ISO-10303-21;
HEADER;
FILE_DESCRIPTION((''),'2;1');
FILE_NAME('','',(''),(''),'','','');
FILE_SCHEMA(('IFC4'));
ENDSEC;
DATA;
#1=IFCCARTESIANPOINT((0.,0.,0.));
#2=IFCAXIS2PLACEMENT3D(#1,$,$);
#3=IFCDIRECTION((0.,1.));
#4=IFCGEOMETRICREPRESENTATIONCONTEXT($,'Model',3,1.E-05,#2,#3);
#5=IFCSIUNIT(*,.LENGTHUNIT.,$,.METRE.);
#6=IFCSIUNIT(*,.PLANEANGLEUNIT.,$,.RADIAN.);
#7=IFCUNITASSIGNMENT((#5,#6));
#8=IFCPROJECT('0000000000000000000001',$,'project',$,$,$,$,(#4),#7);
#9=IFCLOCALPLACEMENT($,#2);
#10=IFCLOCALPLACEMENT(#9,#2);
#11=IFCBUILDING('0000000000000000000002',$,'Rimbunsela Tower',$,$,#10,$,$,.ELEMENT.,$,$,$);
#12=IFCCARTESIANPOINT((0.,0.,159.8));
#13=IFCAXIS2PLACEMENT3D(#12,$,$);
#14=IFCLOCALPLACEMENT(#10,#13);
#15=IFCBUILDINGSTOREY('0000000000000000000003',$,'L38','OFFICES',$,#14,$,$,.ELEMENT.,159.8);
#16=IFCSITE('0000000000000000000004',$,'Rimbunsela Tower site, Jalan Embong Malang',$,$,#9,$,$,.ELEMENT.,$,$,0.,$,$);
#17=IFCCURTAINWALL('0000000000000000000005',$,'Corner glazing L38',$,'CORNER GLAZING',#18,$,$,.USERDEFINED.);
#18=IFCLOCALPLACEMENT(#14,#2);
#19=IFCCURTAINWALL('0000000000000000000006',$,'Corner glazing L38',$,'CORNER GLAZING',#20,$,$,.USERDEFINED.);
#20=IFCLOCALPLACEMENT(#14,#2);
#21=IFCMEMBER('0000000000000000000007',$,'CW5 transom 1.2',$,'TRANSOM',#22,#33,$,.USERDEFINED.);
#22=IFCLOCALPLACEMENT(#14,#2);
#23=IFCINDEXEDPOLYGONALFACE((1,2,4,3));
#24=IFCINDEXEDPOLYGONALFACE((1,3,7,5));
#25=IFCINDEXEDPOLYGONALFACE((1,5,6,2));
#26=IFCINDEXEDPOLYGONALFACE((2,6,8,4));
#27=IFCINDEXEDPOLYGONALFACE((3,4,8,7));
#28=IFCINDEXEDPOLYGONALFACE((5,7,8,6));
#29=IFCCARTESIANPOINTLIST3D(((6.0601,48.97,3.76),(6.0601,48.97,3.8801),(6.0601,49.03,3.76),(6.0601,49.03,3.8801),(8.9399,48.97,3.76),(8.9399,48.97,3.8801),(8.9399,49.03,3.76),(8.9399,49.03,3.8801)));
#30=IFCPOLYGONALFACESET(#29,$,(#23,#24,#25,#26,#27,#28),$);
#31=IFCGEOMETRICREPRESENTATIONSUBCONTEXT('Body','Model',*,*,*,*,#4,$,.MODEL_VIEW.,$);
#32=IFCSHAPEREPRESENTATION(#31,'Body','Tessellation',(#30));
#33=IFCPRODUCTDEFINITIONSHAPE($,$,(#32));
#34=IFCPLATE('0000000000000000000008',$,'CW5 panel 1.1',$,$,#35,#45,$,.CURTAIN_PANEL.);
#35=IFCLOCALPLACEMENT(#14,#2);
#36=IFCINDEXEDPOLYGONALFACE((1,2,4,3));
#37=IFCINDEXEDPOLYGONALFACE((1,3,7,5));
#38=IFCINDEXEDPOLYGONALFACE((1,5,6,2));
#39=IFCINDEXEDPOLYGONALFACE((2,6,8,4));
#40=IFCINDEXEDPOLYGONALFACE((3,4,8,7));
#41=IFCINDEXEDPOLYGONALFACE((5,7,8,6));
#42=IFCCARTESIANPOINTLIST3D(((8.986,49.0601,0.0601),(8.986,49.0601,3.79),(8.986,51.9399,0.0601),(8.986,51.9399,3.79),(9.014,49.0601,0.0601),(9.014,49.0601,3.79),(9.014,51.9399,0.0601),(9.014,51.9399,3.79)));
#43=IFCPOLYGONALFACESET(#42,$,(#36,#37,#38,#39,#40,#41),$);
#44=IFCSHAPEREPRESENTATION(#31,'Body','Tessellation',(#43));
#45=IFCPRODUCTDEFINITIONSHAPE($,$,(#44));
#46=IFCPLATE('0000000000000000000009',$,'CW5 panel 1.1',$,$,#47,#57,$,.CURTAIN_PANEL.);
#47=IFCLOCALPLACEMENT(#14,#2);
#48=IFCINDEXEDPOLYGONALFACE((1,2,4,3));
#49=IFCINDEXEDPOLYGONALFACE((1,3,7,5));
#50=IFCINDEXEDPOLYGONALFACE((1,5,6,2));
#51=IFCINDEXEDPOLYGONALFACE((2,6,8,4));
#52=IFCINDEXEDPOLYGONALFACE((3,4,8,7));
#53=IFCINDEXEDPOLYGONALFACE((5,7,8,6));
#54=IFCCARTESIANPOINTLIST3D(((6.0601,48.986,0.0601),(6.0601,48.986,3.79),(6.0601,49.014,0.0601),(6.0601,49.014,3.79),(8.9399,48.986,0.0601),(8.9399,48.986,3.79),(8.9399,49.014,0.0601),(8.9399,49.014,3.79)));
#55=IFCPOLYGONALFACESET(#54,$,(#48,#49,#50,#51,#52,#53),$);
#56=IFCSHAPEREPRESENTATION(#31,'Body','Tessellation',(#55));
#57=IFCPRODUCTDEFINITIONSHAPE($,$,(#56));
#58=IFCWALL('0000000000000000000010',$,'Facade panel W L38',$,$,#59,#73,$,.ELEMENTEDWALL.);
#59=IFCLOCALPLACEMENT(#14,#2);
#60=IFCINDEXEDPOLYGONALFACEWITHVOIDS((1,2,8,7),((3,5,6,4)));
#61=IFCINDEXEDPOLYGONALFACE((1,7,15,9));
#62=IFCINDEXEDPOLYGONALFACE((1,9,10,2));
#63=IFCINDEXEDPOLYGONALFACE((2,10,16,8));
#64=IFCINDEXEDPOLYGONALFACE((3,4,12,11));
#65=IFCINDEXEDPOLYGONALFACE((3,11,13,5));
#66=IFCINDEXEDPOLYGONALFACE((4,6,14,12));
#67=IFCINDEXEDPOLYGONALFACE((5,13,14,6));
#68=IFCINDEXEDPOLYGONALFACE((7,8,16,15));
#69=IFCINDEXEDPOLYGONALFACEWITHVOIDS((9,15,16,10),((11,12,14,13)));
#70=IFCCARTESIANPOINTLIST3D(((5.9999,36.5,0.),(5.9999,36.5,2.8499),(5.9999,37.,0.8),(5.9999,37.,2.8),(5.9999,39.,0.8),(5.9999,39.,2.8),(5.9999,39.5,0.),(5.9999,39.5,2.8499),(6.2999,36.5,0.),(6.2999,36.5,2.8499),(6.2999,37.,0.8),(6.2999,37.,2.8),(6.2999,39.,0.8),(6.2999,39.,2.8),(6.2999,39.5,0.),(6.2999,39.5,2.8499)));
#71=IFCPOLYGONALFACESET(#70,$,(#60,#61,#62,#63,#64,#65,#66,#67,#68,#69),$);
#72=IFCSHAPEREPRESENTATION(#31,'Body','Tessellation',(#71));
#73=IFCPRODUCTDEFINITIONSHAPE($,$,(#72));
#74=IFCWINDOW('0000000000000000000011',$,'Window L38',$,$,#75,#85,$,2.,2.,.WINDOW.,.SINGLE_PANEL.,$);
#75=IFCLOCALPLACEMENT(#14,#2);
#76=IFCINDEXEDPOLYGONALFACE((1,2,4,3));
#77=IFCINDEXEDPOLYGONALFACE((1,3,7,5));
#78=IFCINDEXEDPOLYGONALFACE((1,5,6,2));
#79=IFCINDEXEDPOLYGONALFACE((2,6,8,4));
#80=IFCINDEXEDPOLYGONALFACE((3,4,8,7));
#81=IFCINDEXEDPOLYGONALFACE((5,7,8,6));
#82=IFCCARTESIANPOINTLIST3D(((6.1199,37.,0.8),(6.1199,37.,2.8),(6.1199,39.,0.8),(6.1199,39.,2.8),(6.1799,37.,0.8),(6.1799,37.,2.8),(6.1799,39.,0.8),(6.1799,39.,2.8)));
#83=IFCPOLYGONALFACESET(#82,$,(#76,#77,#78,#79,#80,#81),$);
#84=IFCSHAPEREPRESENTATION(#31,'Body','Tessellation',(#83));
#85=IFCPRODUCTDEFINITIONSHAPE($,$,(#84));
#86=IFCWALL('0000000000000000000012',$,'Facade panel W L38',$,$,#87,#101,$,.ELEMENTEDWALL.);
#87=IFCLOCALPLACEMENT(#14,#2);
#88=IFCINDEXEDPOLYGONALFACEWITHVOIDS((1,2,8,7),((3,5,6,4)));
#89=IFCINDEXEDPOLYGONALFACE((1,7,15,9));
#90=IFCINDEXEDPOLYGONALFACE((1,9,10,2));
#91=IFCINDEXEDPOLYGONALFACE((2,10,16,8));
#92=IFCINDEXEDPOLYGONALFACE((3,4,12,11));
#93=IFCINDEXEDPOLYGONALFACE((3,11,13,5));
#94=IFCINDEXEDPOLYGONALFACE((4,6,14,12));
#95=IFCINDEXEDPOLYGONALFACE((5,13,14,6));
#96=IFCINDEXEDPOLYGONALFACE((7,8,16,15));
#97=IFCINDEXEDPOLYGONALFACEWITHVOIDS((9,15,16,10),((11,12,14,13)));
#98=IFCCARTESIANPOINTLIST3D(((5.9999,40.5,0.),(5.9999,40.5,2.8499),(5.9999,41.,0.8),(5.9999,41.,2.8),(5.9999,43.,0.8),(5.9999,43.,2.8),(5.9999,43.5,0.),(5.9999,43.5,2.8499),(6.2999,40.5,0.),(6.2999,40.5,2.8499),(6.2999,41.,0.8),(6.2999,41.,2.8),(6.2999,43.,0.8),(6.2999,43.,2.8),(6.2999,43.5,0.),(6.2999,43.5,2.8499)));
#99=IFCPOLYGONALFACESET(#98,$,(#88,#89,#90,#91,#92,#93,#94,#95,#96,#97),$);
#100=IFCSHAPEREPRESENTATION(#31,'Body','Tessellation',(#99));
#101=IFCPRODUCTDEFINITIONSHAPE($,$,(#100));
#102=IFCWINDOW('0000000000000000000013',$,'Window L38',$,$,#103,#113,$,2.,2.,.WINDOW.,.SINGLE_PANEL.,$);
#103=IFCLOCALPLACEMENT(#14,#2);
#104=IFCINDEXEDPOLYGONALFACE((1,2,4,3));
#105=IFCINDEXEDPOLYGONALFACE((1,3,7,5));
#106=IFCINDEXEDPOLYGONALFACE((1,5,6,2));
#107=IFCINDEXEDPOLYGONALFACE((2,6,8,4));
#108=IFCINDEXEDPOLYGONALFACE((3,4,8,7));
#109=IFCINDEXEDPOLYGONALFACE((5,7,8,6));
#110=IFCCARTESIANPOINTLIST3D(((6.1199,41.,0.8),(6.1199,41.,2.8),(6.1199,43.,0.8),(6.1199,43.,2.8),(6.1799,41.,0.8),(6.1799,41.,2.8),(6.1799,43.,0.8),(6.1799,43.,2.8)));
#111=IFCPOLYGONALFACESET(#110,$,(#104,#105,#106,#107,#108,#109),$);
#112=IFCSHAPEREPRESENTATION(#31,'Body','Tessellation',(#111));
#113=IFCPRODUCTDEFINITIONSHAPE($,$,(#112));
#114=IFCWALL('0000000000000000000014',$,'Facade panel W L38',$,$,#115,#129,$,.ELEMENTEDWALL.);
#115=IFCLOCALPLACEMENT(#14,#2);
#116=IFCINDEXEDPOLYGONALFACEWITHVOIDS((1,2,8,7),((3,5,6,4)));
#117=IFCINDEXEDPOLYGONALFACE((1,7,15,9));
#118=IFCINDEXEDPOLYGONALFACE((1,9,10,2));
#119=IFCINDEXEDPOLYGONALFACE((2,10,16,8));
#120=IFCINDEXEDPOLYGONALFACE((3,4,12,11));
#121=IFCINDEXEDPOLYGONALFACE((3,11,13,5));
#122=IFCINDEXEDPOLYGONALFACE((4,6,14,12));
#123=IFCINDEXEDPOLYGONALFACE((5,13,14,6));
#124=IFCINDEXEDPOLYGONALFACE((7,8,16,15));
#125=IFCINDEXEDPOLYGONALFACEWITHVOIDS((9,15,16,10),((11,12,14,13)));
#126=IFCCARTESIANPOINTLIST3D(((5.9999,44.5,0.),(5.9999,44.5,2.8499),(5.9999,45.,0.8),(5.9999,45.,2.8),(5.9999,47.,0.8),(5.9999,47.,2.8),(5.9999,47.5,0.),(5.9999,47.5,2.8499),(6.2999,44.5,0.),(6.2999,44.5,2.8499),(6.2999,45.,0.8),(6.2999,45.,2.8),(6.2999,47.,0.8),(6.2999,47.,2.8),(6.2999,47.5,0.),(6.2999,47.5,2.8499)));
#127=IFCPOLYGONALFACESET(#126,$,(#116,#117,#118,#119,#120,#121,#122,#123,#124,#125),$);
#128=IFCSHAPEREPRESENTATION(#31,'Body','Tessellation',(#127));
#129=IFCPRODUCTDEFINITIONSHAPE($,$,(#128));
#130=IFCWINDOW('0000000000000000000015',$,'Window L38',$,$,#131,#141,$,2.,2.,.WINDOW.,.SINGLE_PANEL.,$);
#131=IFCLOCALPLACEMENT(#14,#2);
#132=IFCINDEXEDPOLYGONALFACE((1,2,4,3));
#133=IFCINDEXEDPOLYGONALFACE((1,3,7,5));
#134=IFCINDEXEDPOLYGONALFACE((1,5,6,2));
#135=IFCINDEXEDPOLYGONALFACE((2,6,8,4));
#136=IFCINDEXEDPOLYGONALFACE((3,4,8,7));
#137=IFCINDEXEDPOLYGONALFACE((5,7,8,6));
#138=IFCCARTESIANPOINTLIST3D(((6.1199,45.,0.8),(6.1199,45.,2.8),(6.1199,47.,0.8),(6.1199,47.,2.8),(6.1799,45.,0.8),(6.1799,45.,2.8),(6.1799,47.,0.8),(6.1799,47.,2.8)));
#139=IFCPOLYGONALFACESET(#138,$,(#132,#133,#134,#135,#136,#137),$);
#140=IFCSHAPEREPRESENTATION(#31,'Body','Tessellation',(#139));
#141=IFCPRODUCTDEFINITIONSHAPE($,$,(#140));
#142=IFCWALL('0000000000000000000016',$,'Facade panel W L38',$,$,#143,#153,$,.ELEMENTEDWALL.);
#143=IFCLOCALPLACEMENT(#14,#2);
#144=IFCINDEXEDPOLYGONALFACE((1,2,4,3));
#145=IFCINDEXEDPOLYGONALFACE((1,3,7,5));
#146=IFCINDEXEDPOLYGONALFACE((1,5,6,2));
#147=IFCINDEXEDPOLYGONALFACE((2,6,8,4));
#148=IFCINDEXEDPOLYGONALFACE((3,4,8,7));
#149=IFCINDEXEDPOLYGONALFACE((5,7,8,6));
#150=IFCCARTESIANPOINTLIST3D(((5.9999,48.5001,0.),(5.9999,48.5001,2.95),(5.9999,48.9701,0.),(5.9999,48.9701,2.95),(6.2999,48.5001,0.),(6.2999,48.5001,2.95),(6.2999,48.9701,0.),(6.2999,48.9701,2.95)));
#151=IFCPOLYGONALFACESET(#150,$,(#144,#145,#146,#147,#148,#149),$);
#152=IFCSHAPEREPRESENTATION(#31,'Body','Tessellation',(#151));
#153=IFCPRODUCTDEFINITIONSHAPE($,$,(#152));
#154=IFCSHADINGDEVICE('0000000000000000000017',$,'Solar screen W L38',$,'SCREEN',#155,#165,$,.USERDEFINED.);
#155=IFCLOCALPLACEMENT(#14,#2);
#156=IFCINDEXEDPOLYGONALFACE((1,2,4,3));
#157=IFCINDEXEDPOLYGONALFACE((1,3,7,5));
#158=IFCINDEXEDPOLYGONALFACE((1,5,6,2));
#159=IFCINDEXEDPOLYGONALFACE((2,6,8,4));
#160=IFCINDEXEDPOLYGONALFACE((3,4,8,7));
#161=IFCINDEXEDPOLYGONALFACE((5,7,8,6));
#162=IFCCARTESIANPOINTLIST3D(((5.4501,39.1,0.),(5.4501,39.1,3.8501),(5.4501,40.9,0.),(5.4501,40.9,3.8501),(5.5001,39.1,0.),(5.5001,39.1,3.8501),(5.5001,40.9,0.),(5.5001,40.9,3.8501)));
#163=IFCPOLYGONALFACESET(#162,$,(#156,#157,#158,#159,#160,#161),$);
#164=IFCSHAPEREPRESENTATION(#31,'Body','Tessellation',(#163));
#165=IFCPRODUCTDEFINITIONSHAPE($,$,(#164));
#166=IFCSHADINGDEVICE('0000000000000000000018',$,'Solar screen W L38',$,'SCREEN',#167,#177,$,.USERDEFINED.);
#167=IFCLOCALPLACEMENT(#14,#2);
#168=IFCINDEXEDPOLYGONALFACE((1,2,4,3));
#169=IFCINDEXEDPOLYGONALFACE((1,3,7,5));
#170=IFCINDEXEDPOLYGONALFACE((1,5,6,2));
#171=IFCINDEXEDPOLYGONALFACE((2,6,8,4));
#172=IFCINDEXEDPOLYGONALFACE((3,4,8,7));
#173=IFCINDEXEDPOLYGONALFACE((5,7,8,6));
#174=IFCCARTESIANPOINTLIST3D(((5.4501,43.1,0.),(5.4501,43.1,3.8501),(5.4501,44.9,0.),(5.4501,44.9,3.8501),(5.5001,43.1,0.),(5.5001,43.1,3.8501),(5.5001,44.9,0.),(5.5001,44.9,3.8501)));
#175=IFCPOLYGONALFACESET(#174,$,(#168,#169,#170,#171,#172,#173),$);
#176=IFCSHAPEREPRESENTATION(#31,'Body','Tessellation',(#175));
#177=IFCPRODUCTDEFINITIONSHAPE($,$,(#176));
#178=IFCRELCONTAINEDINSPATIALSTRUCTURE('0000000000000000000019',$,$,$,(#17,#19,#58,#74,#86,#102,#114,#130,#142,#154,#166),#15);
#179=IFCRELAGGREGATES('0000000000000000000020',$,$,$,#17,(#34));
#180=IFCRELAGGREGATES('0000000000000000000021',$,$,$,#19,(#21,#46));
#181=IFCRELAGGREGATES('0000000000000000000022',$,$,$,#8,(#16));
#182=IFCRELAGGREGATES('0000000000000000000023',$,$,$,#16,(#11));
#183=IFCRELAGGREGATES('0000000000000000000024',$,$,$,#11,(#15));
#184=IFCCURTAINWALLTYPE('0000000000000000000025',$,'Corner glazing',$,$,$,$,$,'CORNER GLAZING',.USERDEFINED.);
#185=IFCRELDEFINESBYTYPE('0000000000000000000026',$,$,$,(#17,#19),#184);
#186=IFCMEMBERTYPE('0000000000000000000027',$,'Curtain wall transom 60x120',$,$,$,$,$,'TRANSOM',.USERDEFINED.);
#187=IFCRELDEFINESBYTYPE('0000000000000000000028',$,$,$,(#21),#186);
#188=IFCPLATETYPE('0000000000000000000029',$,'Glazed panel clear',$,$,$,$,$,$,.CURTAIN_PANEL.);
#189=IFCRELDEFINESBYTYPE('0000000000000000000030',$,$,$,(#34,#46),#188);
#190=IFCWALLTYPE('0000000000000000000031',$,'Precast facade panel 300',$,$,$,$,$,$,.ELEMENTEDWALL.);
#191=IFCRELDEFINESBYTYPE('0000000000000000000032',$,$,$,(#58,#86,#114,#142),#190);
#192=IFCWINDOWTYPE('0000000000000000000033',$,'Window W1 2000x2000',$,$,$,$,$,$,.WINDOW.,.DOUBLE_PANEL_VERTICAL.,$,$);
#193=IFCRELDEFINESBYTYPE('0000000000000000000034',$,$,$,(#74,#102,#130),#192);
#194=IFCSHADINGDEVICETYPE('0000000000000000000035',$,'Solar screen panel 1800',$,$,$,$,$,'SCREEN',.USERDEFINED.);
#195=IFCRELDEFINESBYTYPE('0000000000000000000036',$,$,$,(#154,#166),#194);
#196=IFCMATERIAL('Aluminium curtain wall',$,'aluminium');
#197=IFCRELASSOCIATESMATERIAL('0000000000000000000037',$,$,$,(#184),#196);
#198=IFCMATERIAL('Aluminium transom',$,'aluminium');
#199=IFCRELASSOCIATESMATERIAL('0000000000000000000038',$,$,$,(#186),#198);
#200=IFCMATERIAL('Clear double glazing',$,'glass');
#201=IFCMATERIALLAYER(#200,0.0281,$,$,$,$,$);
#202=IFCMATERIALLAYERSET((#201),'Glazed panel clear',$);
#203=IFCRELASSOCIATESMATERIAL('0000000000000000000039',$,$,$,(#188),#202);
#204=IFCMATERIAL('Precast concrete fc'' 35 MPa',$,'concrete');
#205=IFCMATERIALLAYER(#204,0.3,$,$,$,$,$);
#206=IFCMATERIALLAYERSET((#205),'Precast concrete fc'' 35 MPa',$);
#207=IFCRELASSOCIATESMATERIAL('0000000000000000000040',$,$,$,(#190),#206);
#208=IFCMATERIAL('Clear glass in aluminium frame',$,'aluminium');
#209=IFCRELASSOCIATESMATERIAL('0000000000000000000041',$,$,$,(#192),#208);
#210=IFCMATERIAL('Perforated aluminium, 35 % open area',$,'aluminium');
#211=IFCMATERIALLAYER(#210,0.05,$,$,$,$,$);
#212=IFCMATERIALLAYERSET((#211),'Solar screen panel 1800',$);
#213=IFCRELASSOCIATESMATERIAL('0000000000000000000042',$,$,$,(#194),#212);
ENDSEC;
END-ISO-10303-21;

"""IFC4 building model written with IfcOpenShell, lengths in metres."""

from ifc_helpers import new_model, si_unit, direction, frame, frame_2d, origin, origin_2d, place, context, subcontext, project, spatial, rectangle, extrude, material, layer, layer_set, material_profile, profile_set, type_object, element, fill, aggregate, save


model = new_model("IFC4")

# Units and contexts
model_context = context("Model", 3, precision=1e-05, world=origin(), true_north=direction((0.0, 1.0)))
body_context = subcontext(model_context, "Body", "Model", "MODEL_VIEW")
ifc_project = project(units=[si_unit("LENGTHUNIT", "METRE"), si_unit("PLANEANGLEUNIT", "RADIAN")], contexts=[model_context])

# Site, building, storey
site_placement = place(None, origin())
site = spatial("IfcSite", under=ifc_project, at=site_placement, Name="Rimbunsela Tower site, Jalan Embong Malang", CompositionType="ELEMENT", RefElevation=0.0)
building_placement = place(site_placement, origin())
building = spatial("IfcBuilding", under=site, at=building_placement, Name="Rimbunsela Tower", CompositionType="ELEMENT")
storey_placement = place(building_placement, frame((0.0, 0.0, 159.8)))
storey = spatial("IfcBuildingStorey", under=building, at=storey_placement, Name="L38", Description="OFFICES", CompositionType="ELEMENT", Elevation=159.8)

# Curtain walls
ifc_material_1 = material(Name="Aluminium curtain wall", Category="aluminium")
curtain_wall_type = type_object("IfcCurtainWallType", Name="Corner glazing", ElementType="CORNER GLAZING", PredefinedType="USERDEFINED", material=ifc_material_1)
curtain_wall_1_placement = place(storey_placement, origin())
curtain_wall_1 = element("IfcCurtainWall", 1, at=curtain_wall_1_placement, inside=storey, type_object=curtain_wall_type, Name="Corner glazing L38", ObjectType="CORNER GLAZING", PredefinedType="USERDEFINED")
curtain_wall_2_placement = place(storey_placement, origin())
curtain_wall_2 = element("IfcCurtainWall", 2, at=curtain_wall_2_placement, inside=storey, type_object=curtain_wall_type, Name="Corner glazing L38", ObjectType="CORNER GLAZING", PredefinedType="USERDEFINED")

# Member
ifc_material_2 = material(Name="Aluminium transom", Category="aluminium")
ifc_material_profile_1 = material_profile(ifc_material_2, rectangle(XDim=0.0601, YDim=0.1201, at=origin_2d()), Name="Transom 60x120")
ifc_profile_set_1 = profile_set([ifc_material_profile_1], Name="Aluminium transom")
member_type_1 = type_object("IfcMemberType", Name="Curtain wall transom 60x120", ElementType="TRANSOM", PredefinedType="USERDEFINED", material=ifc_profile_set_1)
member_1_placement = place(storey_placement, frame((8.9399, 49.0, 3.8201), z_axis=(-1.0, 0.0, 0.0), x_axis=(0.0, -1.0, 0.0)))
member_1 = element("IfcMember", 3, at=member_1_placement, type_object=member_type_1, Name="CW5 transom 1.2", ObjectType="TRANSOM", PredefinedType="USERDEFINED", context=body_context, shape_type="SweptSolid", body=[
    extrude(rectangle(XDim=0.0601, YDim=0.1201, at=origin_2d()), origin(), (0.0, 0.0, 1.0), 2.8799),
])

# Plates
ifc_material_3 = material(Name="Clear double glazing", Category="glass")
ifc_layer_1 = layer(ifc_material_3, 0.0281)
ifc_layer_set_1 = layer_set([ifc_layer_1], Name="Glazed panel clear")
plate_type = type_object("IfcPlateType", Name="Glazed panel clear", PredefinedType="CURTAIN_PANEL", material=ifc_layer_set_1)
plate_1_placement = place(storey_placement, frame((9.0, 50.5, 0.0601), z_axis=(0.0, 0.0, 1.0), x_axis=(0.0, -1.0, 0.0)))
plate_1 = element("IfcPlate", 4, at=plate_1_placement, type_object=plate_type, Name="CW5 panel 1.1", PredefinedType="CURTAIN_PANEL", context=body_context, shape_type="SweptSolid", body=[
    extrude(rectangle(XDim=2.8799, YDim=0.0281, at=origin_2d()), origin(), (0.0, 0.0, 1.0), 3.73),
])
aggregate(curtain_wall_1, [plate_1])
plate_2_placement = place(storey_placement, frame((7.5, 49.0, 0.0601), z_axis=(0.0, 0.0, 1.0), x_axis=(-1.0, 0.0, 0.0)))
plate_2 = element("IfcPlate", 5, at=plate_2_placement, type_object=plate_type, Name="CW5 panel 1.1", PredefinedType="CURTAIN_PANEL", context=body_context, shape_type="SweptSolid", body=[
    extrude(rectangle(XDim=2.8799, YDim=0.0281, at=origin_2d()), origin(), (0.0, 0.0, 1.0), 3.73),
])
aggregate(curtain_wall_2, [member_1, plate_2])

# Walls, openings, windows
ifc_material_4 = material(Name="Precast concrete fc' 35 MPa", Category="concrete")
ifc_layer_2 = layer(ifc_material_4, 0.3)
ifc_layer_set_2 = layer_set([ifc_layer_2], Name="Precast concrete fc' 35 MPa")
wall_type = type_object("IfcWallType", Name="Precast facade panel 300", PredefinedType="ELEMENTEDWALL", material=ifc_layer_set_2)
wall_1_placement = place(storey_placement, frame((6.1499, 39.5, 0.0), z_axis=(0.0, 0.0, 1.0), x_axis=(0.0, -1.0, 0.0)))
wall_1 = element("IfcWall", 6, at=wall_1_placement, inside=storey, type_object=wall_type, Name="Facade panel W L38", PredefinedType="ELEMENTEDWALL", context=body_context, shape_type="SweptSolid", body=[
    extrude(rectangle(XDim=3.0, YDim=0.3, at=frame_2d((1.5, 0.0))), origin(), (0.0, 0.0, 1.0), 2.8499),
])
opening_1_placement = place(wall_1_placement, frame((0.5, 0.0, 0.8)))
opening_1 = element("IfcOpeningElement", 7, at=opening_1_placement, cuts=wall_1, PredefinedType="OPENING", context=body_context, shape_type="SweptSolid", body=[
    extrude(rectangle(XDim=2.0, YDim=2.0, at=frame_2d((1.0, 1.0))), frame((0.0, 0.1599, 0.0), z_axis=(0.0, -1.0, 0.0), x_axis=(1.0, 0.0, 0.0)), (0.0, 0.0, 1.0), 0.3201),
])
ifc_material_5 = material(Name="Clear glass in aluminium frame", Category="aluminium")
window_type = type_object("IfcWindowType", Name="Window W1 2000x2000", PartitioningType="DOUBLE_PANEL_VERTICAL", PredefinedType="WINDOW", material=ifc_material_5)
window_1_placement = place(opening_1_placement, origin())
window_1 = element("IfcWindow", 8, at=window_1_placement, inside=storey, type_object=window_type, Name="Window L38", OverallHeight=2.0, OverallWidth=2.0, PartitioningType="SINGLE_PANEL", PredefinedType="WINDOW", context=body_context, shape_type="SweptSolid", body=[
    extrude(rectangle(XDim=2.0, YDim=2.0, at=frame_2d((1.0, 1.0))), frame((0.0, 0.03, 0.0), z_axis=(0.0, -1.0, 0.0), x_axis=(1.0, 0.0, 0.0)), (0.0, 0.0, 1.0), 0.0601),
])
fill(opening_1, window_1)
wall_2_placement = place(storey_placement, frame((6.1499, 43.5, 0.0), z_axis=(0.0, 0.0, 1.0), x_axis=(0.0, -1.0, 0.0)))
wall_2 = element("IfcWall", 9, at=wall_2_placement, inside=storey, type_object=wall_type, Name="Facade panel W L38", PredefinedType="ELEMENTEDWALL", context=body_context, shape_type="SweptSolid", body=[
    extrude(rectangle(XDim=3.0, YDim=0.3, at=frame_2d((1.5, 0.0))), origin(), (0.0, 0.0, 1.0), 2.8499),
])
opening_2_placement = place(wall_2_placement, frame((0.5, 0.0, 0.8)))
opening_2 = element("IfcOpeningElement", 10, at=opening_2_placement, cuts=wall_2, PredefinedType="OPENING", context=body_context, shape_type="SweptSolid", body=[
    extrude(rectangle(XDim=2.0, YDim=2.0, at=frame_2d((1.0, 1.0))), frame((0.0, 0.1599, 0.0), z_axis=(0.0, -1.0, 0.0), x_axis=(1.0, 0.0, 0.0)), (0.0, 0.0, 1.0), 0.3201),
])
window_2_placement = place(opening_2_placement, origin())
window_2 = element("IfcWindow", 11, at=window_2_placement, inside=storey, type_object=window_type, Name="Window L38", OverallHeight=2.0, OverallWidth=2.0, PartitioningType="SINGLE_PANEL", PredefinedType="WINDOW", context=body_context, shape_type="SweptSolid", body=[
    extrude(rectangle(XDim=2.0, YDim=2.0, at=frame_2d((1.0, 1.0))), frame((0.0, 0.03, 0.0), z_axis=(0.0, -1.0, 0.0), x_axis=(1.0, 0.0, 0.0)), (0.0, 0.0, 1.0), 0.0601),
])
fill(opening_2, window_2)
wall_3_placement = place(storey_placement, frame((6.1499, 47.5, 0.0), z_axis=(0.0, 0.0, 1.0), x_axis=(0.0, -1.0, 0.0)))
wall_3 = element("IfcWall", 12, at=wall_3_placement, inside=storey, type_object=wall_type, Name="Facade panel W L38", PredefinedType="ELEMENTEDWALL", context=body_context, shape_type="SweptSolid", body=[
    extrude(rectangle(XDim=3.0, YDim=0.3, at=frame_2d((1.5, 0.0))), origin(), (0.0, 0.0, 1.0), 2.8499),
])
opening_3_placement = place(wall_3_placement, frame((0.5, 0.0, 0.8)))
opening_3 = element("IfcOpeningElement", 13, at=opening_3_placement, cuts=wall_3, PredefinedType="OPENING", context=body_context, shape_type="SweptSolid", body=[
    extrude(rectangle(XDim=2.0, YDim=2.0, at=frame_2d((1.0, 1.0))), frame((0.0, 0.1599, 0.0), z_axis=(0.0, -1.0, 0.0), x_axis=(1.0, 0.0, 0.0)), (0.0, 0.0, 1.0), 0.3201),
])
window_3_placement = place(opening_3_placement, origin())
window_3 = element("IfcWindow", 14, at=window_3_placement, inside=storey, type_object=window_type, Name="Window L38", OverallHeight=2.0, OverallWidth=2.0, PartitioningType="SINGLE_PANEL", PredefinedType="WINDOW", context=body_context, shape_type="SweptSolid", body=[
    extrude(rectangle(XDim=2.0, YDim=2.0, at=frame_2d((1.0, 1.0))), frame((0.0, 0.03, 0.0), z_axis=(0.0, -1.0, 0.0), x_axis=(1.0, 0.0, 0.0)), (0.0, 0.0, 1.0), 0.0601),
])
fill(opening_3, window_3)

# Wall
wall_4_placement = place(storey_placement, frame((6.1499, 48.97, 0.0), z_axis=(0.0, 0.0, 1.0), x_axis=(0.0, -1.0, 0.0)))
element("IfcWall", 15, at=wall_4_placement, inside=storey, type_object=wall_type, Name="Facade panel W L38", PredefinedType="ELEMENTEDWALL", context=body_context, shape_type="SweptSolid", body=[
    extrude(rectangle(XDim=0.47, YDim=0.3, at=frame_2d((0.2349, 0.0))), origin(), (0.0, 0.0, 1.0), 2.95),
])

# Shading devices
ifc_material_6 = material(Name="Perforated aluminium, 35 % open area", Category="aluminium")
ifc_layer_3 = layer(ifc_material_6, 0.05)
ifc_layer_set_3 = layer_set([ifc_layer_3], Name="Solar screen panel 1800")
shading_device_type = type_object("IfcShadingDeviceType", Name="Solar screen panel 1800", ElementType="SCREEN", PredefinedType="USERDEFINED", material=ifc_layer_set_3)
for number, where, z_axis, x_axis, name in (
    (16, (5.4751, 40.0, 0.0), (0.0, 0.0, 1.0), (0.0, 1.0, 0.0), "Solar screen W L38"),
    (17, (5.4751, 44.0, 0.0), (0.0, 0.0, 1.0), (0.0, 1.0, 0.0), "Solar screen W L38"),
):
    element("IfcShadingDevice", number, at=place(storey_placement, frame(where, z_axis=z_axis, x_axis=x_axis)), inside=storey, type_object=shading_device_type, Name=name, ObjectType="SCREEN", PredefinedType="USERDEFINED", context=body_context, shape_type="SweptSolid", body=[
        extrude(rectangle(XDim=1.8, YDim=0.05, at=origin_2d()), origin(), (0.0, 0.0, 1.0), 3.8501),
    ])

save(model, "model.ifc")
